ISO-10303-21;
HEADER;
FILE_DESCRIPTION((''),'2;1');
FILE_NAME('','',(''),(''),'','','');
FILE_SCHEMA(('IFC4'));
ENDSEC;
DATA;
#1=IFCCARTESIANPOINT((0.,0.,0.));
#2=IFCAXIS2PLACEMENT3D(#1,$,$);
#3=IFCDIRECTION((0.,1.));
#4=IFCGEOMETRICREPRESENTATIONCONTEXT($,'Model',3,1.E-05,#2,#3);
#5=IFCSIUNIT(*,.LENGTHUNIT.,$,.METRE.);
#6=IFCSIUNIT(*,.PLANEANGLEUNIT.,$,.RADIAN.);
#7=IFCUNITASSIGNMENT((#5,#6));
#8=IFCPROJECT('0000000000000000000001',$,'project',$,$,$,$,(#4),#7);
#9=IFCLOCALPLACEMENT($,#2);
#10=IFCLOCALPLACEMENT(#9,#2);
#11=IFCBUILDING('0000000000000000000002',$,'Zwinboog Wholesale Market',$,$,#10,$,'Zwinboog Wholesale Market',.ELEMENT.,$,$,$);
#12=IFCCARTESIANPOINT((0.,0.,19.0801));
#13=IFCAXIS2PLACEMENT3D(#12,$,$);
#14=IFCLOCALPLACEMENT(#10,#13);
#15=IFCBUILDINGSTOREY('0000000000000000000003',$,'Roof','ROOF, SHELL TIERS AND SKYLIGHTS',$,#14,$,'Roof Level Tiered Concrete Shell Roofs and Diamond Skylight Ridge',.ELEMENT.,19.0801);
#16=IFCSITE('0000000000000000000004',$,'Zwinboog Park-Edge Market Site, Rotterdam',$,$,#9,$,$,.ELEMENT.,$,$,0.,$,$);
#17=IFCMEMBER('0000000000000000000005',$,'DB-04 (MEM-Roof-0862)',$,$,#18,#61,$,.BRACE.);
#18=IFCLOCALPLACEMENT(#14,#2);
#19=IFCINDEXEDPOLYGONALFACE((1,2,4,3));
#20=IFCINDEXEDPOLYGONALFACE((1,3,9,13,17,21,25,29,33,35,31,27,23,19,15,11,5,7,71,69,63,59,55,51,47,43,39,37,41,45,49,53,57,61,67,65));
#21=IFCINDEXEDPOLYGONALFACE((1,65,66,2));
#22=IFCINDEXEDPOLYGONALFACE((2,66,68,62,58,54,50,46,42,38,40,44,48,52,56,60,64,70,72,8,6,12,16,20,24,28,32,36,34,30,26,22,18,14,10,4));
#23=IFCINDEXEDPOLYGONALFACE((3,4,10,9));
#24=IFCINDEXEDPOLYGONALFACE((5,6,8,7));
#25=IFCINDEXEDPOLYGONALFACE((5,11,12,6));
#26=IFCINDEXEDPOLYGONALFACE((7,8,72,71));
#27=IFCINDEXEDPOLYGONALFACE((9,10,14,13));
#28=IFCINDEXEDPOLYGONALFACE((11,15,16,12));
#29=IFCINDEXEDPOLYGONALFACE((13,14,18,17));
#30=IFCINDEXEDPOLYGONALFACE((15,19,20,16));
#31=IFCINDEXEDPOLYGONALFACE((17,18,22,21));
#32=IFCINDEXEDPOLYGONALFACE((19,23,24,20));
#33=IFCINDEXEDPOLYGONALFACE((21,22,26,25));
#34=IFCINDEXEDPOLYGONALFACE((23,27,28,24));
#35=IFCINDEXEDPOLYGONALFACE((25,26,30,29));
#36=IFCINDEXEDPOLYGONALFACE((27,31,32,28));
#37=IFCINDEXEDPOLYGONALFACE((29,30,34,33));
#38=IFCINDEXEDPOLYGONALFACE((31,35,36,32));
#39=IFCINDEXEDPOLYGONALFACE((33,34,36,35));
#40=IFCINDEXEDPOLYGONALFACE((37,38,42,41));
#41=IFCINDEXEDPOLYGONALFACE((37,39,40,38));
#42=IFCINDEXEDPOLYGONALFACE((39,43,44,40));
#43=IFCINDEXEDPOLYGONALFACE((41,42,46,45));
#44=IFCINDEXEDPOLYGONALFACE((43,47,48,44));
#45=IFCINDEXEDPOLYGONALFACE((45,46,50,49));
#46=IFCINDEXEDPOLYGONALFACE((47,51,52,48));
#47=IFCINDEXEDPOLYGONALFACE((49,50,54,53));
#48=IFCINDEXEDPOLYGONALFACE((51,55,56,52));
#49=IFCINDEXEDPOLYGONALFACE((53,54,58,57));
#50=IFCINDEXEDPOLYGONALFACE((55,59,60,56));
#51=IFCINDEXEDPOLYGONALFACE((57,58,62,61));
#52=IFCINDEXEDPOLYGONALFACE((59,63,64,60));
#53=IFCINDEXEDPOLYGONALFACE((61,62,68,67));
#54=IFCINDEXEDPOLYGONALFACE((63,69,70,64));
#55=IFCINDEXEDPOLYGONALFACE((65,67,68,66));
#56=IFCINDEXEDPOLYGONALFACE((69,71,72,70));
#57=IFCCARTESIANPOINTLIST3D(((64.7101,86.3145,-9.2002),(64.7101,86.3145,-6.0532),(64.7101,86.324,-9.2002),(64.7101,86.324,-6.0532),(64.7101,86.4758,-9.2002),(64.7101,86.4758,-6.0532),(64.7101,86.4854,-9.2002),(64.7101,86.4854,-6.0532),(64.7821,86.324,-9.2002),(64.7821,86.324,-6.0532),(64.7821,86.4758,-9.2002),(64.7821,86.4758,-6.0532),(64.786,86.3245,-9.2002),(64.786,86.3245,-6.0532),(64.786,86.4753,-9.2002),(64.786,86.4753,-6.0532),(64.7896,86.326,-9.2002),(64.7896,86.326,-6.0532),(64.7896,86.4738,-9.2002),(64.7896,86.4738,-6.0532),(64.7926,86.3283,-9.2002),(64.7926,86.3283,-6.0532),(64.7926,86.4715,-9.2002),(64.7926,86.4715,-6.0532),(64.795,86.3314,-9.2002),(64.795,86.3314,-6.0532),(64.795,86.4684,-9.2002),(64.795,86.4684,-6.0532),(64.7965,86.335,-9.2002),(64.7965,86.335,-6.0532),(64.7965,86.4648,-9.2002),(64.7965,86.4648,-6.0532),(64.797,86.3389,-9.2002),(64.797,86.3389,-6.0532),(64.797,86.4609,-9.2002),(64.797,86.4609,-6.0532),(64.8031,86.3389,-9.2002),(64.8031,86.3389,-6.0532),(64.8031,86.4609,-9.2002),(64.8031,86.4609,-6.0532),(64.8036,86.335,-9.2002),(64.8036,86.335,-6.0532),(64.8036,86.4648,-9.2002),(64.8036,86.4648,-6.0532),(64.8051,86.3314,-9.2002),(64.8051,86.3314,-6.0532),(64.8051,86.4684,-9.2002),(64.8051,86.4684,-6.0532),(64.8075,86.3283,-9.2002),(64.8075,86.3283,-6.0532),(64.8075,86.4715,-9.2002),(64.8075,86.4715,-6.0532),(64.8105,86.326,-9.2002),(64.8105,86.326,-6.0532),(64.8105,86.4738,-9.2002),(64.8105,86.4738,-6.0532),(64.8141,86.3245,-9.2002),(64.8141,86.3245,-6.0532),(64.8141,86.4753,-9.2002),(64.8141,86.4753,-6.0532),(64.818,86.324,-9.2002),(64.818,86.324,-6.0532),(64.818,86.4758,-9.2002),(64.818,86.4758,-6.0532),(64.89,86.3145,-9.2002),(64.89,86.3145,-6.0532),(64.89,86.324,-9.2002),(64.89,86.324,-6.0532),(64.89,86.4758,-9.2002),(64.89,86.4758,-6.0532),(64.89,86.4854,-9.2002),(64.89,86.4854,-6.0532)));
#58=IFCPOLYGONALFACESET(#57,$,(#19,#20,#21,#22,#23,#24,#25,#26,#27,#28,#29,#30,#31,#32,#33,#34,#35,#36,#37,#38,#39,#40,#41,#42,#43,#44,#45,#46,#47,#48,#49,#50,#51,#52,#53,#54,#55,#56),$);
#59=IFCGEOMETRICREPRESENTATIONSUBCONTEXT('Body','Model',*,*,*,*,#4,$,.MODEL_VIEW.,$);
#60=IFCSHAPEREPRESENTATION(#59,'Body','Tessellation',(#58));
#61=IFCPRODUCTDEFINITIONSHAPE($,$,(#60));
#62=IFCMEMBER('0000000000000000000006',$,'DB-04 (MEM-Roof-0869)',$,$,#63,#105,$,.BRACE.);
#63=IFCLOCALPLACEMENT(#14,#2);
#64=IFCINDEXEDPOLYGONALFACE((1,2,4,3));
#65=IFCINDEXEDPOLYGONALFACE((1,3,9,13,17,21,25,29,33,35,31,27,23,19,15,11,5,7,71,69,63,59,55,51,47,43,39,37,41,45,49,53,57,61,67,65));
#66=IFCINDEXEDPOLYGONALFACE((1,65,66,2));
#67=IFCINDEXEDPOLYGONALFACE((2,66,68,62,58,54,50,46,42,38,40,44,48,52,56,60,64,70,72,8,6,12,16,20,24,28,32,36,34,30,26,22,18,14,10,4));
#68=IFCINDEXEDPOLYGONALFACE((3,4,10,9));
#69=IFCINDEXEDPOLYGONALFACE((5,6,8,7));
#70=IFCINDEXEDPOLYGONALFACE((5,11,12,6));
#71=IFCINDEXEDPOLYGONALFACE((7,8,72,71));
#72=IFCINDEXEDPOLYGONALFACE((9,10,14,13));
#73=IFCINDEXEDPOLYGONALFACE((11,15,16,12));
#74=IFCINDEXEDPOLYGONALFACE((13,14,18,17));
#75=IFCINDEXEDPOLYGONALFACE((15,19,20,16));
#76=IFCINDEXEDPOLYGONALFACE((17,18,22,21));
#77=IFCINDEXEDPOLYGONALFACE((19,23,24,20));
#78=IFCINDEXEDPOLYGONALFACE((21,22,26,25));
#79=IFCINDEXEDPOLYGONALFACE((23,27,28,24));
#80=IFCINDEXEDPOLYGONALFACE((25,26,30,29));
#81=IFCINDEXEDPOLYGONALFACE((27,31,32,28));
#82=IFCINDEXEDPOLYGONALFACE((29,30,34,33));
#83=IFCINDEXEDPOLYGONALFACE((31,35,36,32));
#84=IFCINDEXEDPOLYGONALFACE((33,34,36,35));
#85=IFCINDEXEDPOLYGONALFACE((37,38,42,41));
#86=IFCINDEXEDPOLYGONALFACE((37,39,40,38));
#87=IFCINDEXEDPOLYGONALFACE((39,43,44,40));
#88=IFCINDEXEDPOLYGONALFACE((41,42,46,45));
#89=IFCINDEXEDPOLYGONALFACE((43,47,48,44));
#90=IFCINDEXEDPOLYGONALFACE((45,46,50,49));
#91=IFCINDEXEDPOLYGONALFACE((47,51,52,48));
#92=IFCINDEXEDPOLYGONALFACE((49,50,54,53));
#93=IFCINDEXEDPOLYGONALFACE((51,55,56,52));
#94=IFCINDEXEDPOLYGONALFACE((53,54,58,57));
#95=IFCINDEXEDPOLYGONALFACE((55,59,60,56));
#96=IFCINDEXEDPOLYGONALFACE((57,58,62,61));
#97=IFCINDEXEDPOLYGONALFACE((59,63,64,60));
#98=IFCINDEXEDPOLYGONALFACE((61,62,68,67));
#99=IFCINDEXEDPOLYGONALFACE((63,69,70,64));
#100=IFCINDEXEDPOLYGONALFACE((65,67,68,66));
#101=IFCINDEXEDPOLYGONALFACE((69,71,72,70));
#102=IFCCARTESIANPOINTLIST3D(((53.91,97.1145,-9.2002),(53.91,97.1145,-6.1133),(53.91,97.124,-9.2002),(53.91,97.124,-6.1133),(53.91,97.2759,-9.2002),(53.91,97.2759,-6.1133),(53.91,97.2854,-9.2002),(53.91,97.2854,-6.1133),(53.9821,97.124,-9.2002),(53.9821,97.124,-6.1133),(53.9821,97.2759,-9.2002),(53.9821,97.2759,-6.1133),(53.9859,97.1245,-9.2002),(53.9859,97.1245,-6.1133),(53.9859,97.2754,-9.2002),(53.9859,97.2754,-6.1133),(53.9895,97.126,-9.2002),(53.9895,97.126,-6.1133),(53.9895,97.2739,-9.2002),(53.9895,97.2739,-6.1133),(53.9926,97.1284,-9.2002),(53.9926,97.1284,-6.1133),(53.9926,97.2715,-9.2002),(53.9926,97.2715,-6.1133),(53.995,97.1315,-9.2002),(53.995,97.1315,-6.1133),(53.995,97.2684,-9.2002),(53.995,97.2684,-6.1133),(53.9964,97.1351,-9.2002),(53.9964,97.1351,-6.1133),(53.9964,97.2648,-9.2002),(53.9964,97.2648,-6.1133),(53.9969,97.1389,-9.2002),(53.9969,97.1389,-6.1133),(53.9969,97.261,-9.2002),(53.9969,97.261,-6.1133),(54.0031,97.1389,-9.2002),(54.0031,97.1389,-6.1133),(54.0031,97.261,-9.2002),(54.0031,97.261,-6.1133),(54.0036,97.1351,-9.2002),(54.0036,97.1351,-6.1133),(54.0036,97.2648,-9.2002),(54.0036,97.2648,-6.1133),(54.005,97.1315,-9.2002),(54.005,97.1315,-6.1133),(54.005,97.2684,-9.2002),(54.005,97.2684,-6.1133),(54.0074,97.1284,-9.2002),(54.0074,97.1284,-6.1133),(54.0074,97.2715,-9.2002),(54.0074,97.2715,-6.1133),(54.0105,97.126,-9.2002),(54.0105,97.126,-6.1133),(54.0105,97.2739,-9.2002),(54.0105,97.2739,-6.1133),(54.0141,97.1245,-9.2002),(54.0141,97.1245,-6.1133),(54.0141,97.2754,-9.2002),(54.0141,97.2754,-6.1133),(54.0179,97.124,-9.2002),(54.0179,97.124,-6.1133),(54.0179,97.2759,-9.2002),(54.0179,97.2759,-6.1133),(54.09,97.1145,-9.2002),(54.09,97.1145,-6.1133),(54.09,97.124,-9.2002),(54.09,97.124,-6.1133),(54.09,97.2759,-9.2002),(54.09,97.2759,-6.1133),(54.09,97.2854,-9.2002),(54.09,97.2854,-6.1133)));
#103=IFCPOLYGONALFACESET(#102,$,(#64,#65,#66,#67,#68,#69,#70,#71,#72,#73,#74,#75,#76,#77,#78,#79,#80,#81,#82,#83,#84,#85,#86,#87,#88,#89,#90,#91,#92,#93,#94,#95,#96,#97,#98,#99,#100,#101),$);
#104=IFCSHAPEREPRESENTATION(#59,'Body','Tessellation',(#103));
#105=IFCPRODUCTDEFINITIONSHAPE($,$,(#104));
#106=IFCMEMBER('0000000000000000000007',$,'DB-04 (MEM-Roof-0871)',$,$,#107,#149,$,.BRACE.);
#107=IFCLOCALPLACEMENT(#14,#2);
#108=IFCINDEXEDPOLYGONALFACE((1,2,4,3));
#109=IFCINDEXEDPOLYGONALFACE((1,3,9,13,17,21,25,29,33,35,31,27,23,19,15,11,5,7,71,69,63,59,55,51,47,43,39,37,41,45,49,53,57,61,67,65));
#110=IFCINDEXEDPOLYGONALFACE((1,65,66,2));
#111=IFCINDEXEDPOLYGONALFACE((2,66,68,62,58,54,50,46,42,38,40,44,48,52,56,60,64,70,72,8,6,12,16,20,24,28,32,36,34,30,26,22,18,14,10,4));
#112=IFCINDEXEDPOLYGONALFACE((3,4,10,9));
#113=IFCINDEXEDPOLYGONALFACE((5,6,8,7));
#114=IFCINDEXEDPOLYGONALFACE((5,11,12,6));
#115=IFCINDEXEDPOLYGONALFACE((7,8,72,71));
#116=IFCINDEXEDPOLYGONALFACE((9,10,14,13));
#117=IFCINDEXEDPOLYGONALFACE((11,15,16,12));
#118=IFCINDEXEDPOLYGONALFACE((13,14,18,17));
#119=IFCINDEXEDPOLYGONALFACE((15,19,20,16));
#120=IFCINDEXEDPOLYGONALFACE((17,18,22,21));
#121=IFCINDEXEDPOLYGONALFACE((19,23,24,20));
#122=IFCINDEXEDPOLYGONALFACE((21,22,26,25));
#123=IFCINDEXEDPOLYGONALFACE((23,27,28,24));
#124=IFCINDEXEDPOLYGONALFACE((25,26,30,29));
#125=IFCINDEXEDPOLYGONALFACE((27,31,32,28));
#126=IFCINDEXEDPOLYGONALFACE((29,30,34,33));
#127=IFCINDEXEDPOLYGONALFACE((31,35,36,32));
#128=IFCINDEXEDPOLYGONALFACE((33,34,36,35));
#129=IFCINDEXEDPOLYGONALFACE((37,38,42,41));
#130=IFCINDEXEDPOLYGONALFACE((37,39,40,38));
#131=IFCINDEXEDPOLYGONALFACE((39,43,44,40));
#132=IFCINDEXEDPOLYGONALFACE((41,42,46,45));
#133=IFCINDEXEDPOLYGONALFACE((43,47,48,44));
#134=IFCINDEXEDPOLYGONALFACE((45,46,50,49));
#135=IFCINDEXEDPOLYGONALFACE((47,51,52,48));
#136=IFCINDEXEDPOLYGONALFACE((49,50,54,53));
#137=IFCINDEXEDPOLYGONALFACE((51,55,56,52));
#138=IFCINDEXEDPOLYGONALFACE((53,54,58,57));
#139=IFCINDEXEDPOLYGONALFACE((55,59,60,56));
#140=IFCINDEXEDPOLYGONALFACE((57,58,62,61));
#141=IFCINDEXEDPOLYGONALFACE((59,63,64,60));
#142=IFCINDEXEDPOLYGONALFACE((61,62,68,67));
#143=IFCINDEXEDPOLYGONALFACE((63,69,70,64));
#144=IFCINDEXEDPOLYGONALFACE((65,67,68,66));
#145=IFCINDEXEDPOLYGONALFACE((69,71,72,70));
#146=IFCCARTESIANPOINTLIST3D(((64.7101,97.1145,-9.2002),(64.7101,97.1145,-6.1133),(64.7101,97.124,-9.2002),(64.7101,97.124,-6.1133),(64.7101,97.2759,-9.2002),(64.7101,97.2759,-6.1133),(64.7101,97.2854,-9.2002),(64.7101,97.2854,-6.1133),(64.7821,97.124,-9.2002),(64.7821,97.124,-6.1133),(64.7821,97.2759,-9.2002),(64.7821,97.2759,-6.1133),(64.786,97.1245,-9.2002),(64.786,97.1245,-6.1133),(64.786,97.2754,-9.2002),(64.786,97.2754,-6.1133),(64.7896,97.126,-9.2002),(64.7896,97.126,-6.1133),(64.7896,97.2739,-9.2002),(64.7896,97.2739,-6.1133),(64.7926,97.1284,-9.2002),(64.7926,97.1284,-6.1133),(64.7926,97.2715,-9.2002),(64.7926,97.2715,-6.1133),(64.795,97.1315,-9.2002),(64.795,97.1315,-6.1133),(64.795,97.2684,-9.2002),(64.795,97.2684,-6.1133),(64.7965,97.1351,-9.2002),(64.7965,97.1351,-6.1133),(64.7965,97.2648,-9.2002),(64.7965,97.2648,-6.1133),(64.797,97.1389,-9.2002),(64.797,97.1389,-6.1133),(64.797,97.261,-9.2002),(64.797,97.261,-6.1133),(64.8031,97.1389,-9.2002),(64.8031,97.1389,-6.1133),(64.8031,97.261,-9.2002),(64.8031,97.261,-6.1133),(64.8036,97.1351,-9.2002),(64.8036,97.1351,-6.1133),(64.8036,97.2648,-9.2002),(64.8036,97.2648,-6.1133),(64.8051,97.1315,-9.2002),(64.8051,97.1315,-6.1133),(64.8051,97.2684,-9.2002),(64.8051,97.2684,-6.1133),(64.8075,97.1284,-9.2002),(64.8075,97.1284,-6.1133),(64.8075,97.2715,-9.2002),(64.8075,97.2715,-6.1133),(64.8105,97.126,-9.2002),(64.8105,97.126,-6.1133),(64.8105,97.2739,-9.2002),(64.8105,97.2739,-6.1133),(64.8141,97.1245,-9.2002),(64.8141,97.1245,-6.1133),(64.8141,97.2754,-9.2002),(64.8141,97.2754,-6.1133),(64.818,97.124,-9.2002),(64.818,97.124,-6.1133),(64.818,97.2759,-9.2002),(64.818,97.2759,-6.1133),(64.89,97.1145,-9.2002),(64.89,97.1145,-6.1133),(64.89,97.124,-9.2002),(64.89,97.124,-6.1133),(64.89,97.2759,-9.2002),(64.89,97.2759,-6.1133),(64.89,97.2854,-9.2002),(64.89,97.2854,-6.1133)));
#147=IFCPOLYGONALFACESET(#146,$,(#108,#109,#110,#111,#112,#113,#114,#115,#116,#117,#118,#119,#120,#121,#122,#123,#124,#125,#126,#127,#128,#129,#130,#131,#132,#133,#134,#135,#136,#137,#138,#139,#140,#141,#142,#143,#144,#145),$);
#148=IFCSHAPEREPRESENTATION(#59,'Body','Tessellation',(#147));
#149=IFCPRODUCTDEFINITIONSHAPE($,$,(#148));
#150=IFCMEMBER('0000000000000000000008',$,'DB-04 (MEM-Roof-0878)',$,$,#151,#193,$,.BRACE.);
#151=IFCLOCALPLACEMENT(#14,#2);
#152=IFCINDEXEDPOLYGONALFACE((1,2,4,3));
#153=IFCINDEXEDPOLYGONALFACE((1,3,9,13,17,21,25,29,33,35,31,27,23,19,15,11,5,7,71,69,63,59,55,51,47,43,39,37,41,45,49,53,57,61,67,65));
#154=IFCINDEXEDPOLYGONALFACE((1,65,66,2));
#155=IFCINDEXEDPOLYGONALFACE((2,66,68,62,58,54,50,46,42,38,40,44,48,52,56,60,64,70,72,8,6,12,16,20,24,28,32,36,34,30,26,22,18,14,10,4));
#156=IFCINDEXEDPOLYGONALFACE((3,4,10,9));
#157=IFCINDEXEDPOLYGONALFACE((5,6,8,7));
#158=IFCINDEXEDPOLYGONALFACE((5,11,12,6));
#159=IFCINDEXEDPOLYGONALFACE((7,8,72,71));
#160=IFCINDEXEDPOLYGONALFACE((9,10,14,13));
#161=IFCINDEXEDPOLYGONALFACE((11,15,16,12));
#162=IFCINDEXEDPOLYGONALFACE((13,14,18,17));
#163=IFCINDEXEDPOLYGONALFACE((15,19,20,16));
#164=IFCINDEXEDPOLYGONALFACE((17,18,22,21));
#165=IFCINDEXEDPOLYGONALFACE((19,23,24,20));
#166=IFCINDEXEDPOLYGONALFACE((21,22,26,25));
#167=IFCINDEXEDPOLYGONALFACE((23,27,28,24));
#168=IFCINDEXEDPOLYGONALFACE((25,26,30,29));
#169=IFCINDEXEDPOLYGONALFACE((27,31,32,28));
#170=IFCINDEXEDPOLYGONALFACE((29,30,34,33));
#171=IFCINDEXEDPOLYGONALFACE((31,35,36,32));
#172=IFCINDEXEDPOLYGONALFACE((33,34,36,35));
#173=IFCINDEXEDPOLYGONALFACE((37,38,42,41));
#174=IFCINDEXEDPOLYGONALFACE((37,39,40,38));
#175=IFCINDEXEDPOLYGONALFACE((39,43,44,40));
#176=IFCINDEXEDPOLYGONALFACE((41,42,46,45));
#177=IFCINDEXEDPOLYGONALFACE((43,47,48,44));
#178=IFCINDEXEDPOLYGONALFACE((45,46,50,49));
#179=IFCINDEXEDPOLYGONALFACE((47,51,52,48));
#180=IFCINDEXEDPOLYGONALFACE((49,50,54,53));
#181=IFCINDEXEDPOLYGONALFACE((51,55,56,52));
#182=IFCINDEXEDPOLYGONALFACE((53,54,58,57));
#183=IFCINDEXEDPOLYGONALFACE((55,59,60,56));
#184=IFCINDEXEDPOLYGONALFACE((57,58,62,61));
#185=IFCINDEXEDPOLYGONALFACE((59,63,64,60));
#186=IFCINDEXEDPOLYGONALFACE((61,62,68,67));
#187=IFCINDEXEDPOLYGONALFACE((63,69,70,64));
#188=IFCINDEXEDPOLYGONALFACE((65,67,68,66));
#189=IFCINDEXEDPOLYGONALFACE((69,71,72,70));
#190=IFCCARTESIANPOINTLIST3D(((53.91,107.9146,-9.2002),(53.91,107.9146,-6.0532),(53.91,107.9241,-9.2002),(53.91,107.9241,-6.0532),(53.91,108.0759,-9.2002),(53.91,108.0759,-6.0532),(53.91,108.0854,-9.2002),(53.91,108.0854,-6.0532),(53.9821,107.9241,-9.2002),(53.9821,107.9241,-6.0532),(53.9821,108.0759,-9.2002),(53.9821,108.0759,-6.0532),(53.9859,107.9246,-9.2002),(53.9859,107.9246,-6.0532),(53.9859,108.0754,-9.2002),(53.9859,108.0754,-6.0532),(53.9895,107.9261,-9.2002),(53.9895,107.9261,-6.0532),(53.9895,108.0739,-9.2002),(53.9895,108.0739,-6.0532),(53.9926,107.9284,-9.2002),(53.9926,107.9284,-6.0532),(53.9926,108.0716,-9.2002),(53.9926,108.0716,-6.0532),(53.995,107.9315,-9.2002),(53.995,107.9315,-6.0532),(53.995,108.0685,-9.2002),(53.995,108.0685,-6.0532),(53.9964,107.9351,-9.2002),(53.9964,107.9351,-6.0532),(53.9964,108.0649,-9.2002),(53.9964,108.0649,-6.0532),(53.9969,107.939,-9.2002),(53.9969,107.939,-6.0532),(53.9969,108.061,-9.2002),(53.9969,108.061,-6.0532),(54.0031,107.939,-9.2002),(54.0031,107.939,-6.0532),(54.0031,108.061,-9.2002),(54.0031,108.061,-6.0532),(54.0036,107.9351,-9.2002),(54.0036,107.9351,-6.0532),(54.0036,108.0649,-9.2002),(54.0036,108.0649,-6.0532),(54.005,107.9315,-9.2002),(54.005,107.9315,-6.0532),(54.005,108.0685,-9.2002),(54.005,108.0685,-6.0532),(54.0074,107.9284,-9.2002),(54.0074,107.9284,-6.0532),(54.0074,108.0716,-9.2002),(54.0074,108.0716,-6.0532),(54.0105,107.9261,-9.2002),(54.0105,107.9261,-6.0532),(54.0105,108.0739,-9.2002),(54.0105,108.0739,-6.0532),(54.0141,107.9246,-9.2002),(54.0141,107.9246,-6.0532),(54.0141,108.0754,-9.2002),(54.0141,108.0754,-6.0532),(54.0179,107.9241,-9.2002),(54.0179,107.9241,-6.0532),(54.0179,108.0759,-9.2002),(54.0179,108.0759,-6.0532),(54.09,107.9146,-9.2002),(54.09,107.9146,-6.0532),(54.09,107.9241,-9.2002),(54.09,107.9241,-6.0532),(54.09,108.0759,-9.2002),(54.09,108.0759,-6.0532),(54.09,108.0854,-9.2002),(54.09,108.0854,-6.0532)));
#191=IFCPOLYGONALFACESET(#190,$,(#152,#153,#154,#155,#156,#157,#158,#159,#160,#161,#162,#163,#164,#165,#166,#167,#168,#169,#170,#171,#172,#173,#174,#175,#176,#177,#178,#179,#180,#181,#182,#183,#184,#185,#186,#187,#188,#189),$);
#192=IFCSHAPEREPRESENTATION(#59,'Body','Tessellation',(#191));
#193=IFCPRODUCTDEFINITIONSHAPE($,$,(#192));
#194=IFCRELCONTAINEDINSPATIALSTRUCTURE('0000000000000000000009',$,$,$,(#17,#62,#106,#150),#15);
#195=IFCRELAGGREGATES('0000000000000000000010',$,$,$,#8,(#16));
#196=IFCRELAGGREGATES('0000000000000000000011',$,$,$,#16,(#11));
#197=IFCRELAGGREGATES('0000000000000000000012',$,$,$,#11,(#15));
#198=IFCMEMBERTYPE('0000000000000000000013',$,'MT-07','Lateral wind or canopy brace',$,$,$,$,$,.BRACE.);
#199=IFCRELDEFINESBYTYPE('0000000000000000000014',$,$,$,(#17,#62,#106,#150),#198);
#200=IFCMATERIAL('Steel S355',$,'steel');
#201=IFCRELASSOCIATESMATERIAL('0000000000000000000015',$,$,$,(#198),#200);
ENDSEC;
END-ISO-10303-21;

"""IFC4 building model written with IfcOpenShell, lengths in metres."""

from ifc_helpers import new_model, si_unit, direction, frame, origin, origin_2d, place, context, subcontext, project, spatial, i_section, extrude, material, material_profile, profile_set, type_object, element, save


model = new_model("IFC4")

# Units and contexts
model_context = context("Model", 3, precision=1e-05, world=origin(), true_north=direction((0.0, 1.0)))
body_context = subcontext(model_context, "Body", "Model", "MODEL_VIEW")
ifc_project = project(units=[si_unit("LENGTHUNIT", "METRE"), si_unit("PLANEANGLEUNIT", "RADIAN")], contexts=[model_context])

# Site, building, storey
site_placement = place(None, origin())
site = spatial("IfcSite", under=ifc_project, at=site_placement, Name="Zwinboog Park-Edge Market Site, Rotterdam", CompositionType="ELEMENT", RefElevation=0.0)
building_placement = place(site_placement, origin())
building = spatial("IfcBuilding", under=site, at=building_placement, Name="Zwinboog Wholesale Market", LongName="Zwinboog Wholesale Market", CompositionType="ELEMENT")
storey_placement = place(building_placement, frame((0.0, 0.0, 19.0801)))
storey = spatial("IfcBuildingStorey", under=building, at=storey_placement, Name="Roof", Description="ROOF, SHELL TIERS AND SKYLIGHTS", LongName="Roof Level Tiered Concrete Shell Roofs and Diamond Skylight Ridge", CompositionType="ELEMENT", Elevation=19.0801)

# Members
ifc_material_1 = material(Name="Steel S355", Category="steel")
ifc_material_profile_1 = material_profile(ifc_material_1, i_section(OverallWidth=0.1799, OverallDepth=0.1709, WebThickness=0.0061, FlangeThickness=0.0095, FilletRadius=0.0149, at=origin_2d()), Name="HEA 180")
ifc_profile_set_1 = profile_set([ifc_material_profile_1], Name="Steel S355")
member_type_1 = type_object("IfcMemberType", Name="MT-07", Description="Lateral wind or canopy brace", PredefinedType="BRACE", material=ifc_profile_set_1)
member_1_placement = place(storey_placement, frame((64.8, 86.3999, -9.2002), z_axis=(0.0, 0.0, 1.0), x_axis=(1.0, 0.0, 0.0)))
element("IfcMember", 1, at=member_1_placement, inside=storey, type_object=member_type_1, Name="DB-04 (MEM-Roof-0862)", PredefinedType="BRACE", context=body_context, shape_type="SweptSolid", body=[
    extrude(i_section(OverallWidth=0.1799, OverallDepth=0.1709, WebThickness=0.0061, FlangeThickness=0.0095, FilletRadius=0.0149, at=origin_2d()), origin(), (0.0, 0.0, 1.0), 3.147),
])
for number, where, z_axis, x_axis, name in (
    (2, (54.0, 97.2, -9.2002), (0.0, 0.0, 1.0), (1.0, 0.0, 0.0), "DB-04 (MEM-Roof-0869)"),
    (3, (64.8, 97.2, -9.2002), (0.0, 0.0, 1.0), (1.0, 0.0, 0.0), "DB-04 (MEM-Roof-0871)"),
):
    element("IfcMember", number, at=place(storey_placement, frame(where, z_axis=z_axis, x_axis=x_axis)), inside=storey, type_object=member_type_1, Name=name, PredefinedType="BRACE", context=body_context, shape_type="SweptSolid", body=[
        extrude(i_section(OverallWidth=0.1799, OverallDepth=0.1709, WebThickness=0.0061, FlangeThickness=0.0095, FilletRadius=0.0149, at=origin_2d()), origin(), (0.0, 0.0, 1.0), 3.0869),
    ])
for number, where, z_axis, x_axis, name in (
    (4, (54.0, 108.0, -9.2002), (0.0, 0.0, 1.0), (1.0, 0.0, 0.0), "DB-04 (MEM-Roof-0878)"),
):
    element("IfcMember", number, at=place(storey_placement, frame(where, z_axis=z_axis, x_axis=x_axis)), inside=storey, type_object=member_type_1, Name=name, PredefinedType="BRACE", context=body_context, shape_type="SweptSolid", body=[
        extrude(i_section(OverallWidth=0.1799, OverallDepth=0.1709, WebThickness=0.0061, FlangeThickness=0.0095, FilletRadius=0.0149, at=origin_2d()), origin(), (0.0, 0.0, 1.0), 3.147),
    ])

save(model, "model.ifc")
